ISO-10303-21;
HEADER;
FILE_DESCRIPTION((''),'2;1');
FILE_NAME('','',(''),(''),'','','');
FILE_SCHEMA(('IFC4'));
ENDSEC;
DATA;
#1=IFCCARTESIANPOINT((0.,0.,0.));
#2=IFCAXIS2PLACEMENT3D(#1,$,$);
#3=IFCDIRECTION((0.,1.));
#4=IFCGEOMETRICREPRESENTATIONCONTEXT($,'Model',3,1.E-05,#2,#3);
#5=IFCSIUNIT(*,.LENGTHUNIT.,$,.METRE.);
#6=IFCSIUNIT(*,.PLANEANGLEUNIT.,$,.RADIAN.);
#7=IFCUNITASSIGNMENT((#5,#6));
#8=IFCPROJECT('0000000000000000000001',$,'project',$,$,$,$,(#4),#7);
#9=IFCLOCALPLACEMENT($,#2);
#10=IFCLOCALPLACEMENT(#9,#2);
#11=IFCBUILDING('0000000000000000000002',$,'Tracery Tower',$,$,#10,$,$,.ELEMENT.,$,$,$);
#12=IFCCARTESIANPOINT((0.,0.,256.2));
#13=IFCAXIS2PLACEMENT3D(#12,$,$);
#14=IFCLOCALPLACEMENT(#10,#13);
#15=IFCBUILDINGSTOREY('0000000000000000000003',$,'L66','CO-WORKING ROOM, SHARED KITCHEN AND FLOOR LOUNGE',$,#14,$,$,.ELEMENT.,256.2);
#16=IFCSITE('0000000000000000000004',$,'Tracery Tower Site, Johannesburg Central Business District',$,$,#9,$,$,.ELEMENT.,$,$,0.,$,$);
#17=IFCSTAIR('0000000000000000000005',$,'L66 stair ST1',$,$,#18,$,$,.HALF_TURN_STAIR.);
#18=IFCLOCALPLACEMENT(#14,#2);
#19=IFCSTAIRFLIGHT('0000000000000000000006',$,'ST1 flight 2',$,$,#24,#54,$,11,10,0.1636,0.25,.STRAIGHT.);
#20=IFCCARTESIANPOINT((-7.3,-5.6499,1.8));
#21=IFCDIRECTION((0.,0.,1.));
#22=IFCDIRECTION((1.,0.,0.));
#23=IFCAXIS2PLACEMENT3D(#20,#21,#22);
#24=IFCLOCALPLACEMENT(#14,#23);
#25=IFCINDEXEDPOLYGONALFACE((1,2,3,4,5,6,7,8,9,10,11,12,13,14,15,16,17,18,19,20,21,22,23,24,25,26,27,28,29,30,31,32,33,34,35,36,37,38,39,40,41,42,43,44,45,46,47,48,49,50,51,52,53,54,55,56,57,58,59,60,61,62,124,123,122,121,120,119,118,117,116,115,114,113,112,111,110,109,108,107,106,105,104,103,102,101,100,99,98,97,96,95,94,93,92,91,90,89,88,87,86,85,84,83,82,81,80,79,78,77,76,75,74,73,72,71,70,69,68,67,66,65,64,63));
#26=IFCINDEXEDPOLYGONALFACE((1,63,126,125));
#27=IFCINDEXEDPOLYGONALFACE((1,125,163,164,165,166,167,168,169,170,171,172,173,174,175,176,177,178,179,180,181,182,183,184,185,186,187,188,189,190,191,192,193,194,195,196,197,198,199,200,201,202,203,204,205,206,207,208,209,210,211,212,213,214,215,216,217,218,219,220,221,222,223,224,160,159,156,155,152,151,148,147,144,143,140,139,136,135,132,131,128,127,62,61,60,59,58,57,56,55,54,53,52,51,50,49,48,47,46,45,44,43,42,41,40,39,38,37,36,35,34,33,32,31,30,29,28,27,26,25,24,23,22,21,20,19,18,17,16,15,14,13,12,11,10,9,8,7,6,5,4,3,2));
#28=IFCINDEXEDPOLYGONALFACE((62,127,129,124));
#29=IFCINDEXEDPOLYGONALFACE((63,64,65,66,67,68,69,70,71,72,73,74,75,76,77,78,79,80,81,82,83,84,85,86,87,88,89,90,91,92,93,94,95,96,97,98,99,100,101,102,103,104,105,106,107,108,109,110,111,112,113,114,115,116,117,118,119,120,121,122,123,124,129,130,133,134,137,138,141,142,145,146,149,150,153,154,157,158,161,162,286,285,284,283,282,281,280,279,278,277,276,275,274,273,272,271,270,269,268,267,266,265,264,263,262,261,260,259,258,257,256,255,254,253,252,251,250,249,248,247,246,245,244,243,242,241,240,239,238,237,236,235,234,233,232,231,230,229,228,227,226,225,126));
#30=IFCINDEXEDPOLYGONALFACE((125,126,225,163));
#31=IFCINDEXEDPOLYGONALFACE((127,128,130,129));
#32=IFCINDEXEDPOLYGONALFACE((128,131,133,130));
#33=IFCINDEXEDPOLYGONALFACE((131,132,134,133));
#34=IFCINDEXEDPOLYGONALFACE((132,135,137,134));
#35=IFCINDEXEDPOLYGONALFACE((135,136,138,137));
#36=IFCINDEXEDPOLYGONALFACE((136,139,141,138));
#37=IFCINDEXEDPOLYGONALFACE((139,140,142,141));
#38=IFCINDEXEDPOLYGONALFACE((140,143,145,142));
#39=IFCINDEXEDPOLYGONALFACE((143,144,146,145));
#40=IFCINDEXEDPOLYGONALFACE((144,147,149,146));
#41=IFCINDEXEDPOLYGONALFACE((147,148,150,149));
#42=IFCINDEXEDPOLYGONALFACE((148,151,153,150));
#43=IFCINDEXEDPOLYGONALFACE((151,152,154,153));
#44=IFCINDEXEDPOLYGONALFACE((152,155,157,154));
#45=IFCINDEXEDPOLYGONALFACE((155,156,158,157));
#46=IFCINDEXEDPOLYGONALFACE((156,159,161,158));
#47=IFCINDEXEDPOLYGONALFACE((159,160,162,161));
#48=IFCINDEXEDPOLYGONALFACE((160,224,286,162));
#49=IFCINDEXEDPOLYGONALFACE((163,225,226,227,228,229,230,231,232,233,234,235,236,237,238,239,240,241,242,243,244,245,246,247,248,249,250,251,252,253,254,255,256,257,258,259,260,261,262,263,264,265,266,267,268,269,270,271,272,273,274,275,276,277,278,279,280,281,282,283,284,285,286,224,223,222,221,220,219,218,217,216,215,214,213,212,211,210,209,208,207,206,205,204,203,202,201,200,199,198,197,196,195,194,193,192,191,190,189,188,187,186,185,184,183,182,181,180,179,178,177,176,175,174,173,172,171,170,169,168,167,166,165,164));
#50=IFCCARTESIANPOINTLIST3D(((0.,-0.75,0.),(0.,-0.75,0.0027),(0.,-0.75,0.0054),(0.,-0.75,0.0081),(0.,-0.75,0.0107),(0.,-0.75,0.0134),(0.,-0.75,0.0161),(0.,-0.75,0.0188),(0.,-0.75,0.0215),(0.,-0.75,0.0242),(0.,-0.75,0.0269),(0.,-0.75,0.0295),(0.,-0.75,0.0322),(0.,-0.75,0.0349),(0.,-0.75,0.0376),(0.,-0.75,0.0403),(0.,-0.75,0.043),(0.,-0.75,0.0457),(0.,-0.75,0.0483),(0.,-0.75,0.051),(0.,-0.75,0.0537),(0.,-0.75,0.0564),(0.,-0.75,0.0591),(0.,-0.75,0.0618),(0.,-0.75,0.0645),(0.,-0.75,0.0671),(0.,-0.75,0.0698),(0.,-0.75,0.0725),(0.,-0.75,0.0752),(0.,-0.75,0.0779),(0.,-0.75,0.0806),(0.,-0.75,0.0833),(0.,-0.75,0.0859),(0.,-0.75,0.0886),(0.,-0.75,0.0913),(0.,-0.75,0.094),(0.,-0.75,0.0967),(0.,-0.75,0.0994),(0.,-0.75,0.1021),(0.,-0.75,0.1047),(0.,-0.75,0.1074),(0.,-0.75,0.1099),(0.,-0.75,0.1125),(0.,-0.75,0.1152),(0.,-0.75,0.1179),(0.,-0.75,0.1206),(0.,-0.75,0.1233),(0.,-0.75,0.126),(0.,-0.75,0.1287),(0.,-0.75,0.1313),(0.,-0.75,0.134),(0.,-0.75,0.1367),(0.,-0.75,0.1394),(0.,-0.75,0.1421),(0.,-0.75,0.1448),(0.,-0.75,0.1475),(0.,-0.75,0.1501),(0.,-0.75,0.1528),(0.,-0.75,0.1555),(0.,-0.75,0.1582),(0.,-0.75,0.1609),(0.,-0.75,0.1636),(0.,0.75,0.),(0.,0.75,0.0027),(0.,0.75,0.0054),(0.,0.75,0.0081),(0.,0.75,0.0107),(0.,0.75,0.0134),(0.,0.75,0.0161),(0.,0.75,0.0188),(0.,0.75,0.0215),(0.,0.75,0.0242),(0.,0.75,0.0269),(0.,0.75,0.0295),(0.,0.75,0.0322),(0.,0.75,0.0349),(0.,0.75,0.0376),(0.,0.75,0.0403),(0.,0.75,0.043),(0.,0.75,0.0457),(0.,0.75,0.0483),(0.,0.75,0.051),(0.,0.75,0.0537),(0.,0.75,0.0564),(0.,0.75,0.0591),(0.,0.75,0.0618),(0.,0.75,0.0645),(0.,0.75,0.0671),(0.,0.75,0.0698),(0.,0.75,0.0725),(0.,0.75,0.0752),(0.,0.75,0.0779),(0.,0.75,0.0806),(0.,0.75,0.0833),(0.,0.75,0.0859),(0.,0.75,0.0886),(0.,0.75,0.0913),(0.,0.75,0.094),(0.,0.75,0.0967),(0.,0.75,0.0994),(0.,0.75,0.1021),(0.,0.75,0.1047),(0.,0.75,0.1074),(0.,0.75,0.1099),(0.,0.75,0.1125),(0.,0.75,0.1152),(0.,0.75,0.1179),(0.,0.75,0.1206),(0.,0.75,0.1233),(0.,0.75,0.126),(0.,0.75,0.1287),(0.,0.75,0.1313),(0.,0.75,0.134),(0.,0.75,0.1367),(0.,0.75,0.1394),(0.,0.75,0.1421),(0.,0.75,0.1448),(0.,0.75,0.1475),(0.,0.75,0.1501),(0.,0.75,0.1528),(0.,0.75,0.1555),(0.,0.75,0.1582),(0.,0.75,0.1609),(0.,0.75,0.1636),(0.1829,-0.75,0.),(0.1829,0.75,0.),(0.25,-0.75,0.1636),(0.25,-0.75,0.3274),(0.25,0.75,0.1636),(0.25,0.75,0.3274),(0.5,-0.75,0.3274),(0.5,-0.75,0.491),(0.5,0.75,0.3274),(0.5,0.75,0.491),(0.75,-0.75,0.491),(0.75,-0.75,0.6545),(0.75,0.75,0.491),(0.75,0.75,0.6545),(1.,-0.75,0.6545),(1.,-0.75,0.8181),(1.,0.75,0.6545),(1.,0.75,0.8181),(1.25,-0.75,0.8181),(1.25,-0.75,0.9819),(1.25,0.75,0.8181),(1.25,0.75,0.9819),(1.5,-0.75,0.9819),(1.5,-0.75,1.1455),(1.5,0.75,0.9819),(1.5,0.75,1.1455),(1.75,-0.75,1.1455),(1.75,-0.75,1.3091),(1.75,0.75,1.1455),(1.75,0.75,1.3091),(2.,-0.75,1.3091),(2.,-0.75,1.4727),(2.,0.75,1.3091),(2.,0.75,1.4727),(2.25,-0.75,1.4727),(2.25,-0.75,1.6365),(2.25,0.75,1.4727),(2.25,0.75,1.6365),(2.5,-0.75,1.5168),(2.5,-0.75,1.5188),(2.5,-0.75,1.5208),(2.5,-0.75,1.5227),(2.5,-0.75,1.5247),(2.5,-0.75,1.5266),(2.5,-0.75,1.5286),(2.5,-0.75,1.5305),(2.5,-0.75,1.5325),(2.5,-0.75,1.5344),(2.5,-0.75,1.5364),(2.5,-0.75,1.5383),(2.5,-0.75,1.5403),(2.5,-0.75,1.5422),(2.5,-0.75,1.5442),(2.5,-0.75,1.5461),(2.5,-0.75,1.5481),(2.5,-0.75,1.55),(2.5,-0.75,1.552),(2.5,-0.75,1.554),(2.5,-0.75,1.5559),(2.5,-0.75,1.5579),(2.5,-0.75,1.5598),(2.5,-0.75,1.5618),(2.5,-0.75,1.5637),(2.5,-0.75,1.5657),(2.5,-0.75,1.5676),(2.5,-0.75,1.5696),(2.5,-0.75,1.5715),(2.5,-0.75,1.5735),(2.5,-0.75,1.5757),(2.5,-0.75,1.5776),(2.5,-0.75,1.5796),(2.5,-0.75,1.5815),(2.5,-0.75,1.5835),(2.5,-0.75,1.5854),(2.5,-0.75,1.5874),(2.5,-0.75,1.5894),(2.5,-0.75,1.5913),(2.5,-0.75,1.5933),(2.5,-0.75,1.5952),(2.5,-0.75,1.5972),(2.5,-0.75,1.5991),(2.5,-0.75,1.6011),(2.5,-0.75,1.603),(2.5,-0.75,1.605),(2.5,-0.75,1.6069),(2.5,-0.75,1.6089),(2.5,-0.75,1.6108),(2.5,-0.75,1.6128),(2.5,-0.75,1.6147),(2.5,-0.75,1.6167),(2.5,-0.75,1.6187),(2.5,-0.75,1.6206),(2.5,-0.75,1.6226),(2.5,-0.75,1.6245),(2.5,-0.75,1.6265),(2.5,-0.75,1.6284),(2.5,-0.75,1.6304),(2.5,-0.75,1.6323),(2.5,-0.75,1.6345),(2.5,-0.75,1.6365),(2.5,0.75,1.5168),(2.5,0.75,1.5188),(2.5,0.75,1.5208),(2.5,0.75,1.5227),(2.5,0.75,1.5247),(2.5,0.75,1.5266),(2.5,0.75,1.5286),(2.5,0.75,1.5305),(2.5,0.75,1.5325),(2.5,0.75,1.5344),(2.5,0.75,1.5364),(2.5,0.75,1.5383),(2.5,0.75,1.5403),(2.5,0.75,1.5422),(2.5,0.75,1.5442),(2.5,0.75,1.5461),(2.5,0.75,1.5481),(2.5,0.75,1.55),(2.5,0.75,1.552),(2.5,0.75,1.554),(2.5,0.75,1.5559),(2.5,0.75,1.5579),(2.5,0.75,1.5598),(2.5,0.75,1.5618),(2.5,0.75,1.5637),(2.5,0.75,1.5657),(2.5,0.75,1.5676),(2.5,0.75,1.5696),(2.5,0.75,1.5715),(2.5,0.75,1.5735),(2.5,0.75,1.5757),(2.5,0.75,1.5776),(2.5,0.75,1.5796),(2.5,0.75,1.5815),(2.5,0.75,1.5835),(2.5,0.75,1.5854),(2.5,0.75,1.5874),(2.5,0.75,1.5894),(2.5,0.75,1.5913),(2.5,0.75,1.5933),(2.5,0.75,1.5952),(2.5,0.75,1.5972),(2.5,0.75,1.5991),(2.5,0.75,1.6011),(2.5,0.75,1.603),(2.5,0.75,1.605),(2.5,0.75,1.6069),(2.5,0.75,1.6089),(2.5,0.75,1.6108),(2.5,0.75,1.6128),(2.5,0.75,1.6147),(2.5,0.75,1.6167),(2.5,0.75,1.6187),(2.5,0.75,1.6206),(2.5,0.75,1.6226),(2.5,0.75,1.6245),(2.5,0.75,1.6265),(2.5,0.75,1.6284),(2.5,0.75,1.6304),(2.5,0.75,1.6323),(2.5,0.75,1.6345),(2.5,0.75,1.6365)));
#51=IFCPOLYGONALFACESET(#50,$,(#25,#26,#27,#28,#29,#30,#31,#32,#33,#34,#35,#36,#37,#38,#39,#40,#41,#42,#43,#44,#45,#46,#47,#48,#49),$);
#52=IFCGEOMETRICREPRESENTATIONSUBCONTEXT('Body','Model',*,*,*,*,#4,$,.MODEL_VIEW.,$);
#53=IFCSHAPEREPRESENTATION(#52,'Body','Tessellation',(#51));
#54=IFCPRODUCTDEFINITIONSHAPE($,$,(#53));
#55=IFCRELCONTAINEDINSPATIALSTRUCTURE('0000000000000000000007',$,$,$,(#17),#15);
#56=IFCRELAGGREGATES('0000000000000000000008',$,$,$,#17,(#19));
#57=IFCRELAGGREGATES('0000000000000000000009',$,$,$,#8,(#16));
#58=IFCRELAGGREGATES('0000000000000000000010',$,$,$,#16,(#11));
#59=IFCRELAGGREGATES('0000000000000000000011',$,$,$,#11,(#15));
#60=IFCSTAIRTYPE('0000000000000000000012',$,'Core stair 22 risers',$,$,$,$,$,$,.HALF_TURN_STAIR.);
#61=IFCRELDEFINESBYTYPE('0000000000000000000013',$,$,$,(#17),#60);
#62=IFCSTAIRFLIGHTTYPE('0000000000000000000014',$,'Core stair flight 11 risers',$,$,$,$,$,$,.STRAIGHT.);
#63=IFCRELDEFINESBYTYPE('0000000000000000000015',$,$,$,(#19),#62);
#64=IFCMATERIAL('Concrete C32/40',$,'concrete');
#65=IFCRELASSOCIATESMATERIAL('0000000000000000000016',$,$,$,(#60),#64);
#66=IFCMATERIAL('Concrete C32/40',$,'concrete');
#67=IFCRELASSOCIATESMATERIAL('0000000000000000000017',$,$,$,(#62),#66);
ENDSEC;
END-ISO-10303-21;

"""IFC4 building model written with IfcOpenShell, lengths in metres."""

from ifc_helpers import new_model, si_unit, direction, frame, origin, place, context, subcontext, project, spatial, polyline, outline, extrude, material, type_object, element, aggregate, save


model = new_model("IFC4")

# Units and contexts
model_context = context("Model", 3, precision=1e-05, world=origin(), true_north=direction((0.0, 1.0)))
body_context = subcontext(model_context, "Body", "Model", "MODEL_VIEW")
ifc_project = project(units=[si_unit("LENGTHUNIT", "METRE"), si_unit("PLANEANGLEUNIT", "RADIAN")], contexts=[model_context])

# Site, building, storey
site_placement = place(None, origin())
site = spatial("IfcSite", under=ifc_project, at=site_placement, Name="Tracery Tower Site, Johannesburg Central Business District", CompositionType="ELEMENT", RefElevation=0.0)
building_placement = place(site_placement, origin())
building = spatial("IfcBuilding", under=site, at=building_placement, Name="Tracery Tower", CompositionType="ELEMENT")
storey_placement = place(building_placement, frame((0.0, 0.0, 256.2)))
storey = spatial("IfcBuildingStorey", under=building, at=storey_placement, Name="L66", Description="CO-WORKING ROOM, SHARED KITCHEN AND FLOOR LOUNGE", CompositionType="ELEMENT", Elevation=256.2)

# Stair, stair flight
ifc_material_1 = material(Name="Concrete C32/40", Category="concrete")
stair_type = type_object("IfcStairType", Name="Core stair 22 risers", PredefinedType="HALF_TURN_STAIR", material=ifc_material_1)
stair_placement = place(storey_placement, origin())
stair = element("IfcStair", 1, at=stair_placement, inside=storey, type_object=stair_type, Name="L66 stair ST1", PredefinedType="HALF_TURN_STAIR")
ifc_material_2 = material(Name="Concrete C32/40", Category="concrete")
stair_flight_type = type_object("IfcStairFlightType", Name="Core stair flight 11 risers", PredefinedType="STRAIGHT", material=ifc_material_2)
stair_flight_1_placement = place(storey_placement, frame((-7.3, -5.6499, 1.8), z_axis=(0.0, 0.0, 1.0), x_axis=(1.0, 0.0, 0.0)))
stair_flight_1 = element("IfcStairFlight", 2, at=stair_flight_1_placement, type_object=stair_flight_type, Name="ST1 flight 2", NumberOfRisers=11, NumberOfTreads=10, PredefinedType="STRAIGHT", RiserHeight=0.1636, TreadLength=0.25, context=body_context, shape_type="SweptSolid", body=[
    extrude(outline(polyline([(0.0, 0.0), (0.0, 0.0027), (0.0, 0.0054), (0.0, 0.0081), (0.0, 0.0107), (0.0, 0.0134), (0.0, 0.0161), (0.0, 0.0188), (0.0, 0.0215), (0.0, 0.0242), (0.0, 0.0269), (0.0, 0.0295), (0.0, 0.0322), (0.0, 0.0349), (0.0, 0.0376), (0.0, 0.0403), (0.0, 0.043), (0.0, 0.0457), (0.0, 0.0483), (0.0, 0.051), (0.0, 0.0537), (0.0, 0.0564), (0.0, 0.0591), (0.0, 0.0618), (0.0, 0.0645), (0.0, 0.0671), (0.0, 0.0698), (0.0, 0.0725), (0.0, 0.0752), (0.0, 0.0779), (0.0, 0.0806), (0.0, 0.0833), (0.0, 0.0859), (0.0, 0.0886), (0.0, 0.0913), (0.0, 0.094), (0.0, 0.0967), (0.0, 0.0994), (0.0, 0.1021), (0.0, 0.1047), (0.0, 0.1074), (0.0, 0.1099), (0.0, 0.1125), (0.0, 0.1152), (0.0, 0.1179), (0.0, 0.1206), (0.0, 0.1233), (0.0, 0.126), (0.0, 0.1287), (0.0, 0.1313), (0.0, 0.134), (0.0, 0.1367), (0.0, 0.1394), (0.0, 0.1421), (0.0, 0.1448), (0.0, 0.1475), (0.0, 0.1501), (0.0, 0.1528), (0.0, 0.1555), (0.0, 0.1582), (0.0, 0.1609), (0.0, 0.1636), (0.25, 0.1636), (0.25, 0.3274), (0.5, 0.3274), (0.5, 0.491), (0.75, 0.491), (0.75, 0.6545), (1.0, 0.6545), (1.0, 0.8181), (1.25, 0.8181), (1.25, 0.9819), (1.5, 0.9819), (1.5, 1.1455), (1.75, 1.1455), (1.75, 1.3091), (2.0, 1.3091), (2.0, 1.4727), (2.25, 1.4727), (2.25, 1.6365), (2.5, 1.6365), (2.5, 1.6345), (2.5, 1.6323), (2.5, 1.6304), (2.5, 1.6284), (2.5, 1.6265), (2.5, 1.6245), (2.5, 1.6226), (2.5, 1.6206), (2.5, 1.6187), (2.5, 1.6167), (2.5, 1.6147), (2.5, 1.6128), (2.5, 1.6108), (2.5, 1.6089), (2.5, 1.6069), (2.5, 1.605), (2.5, 1.603), (2.5, 1.6011), (2.5, 1.5991), (2.5, 1.5972), (2.5, 1.5952), (2.5, 1.5933), (2.5, 1.5913), (2.5, 1.5894), (2.5, 1.5874), (2.5, 1.5854), (2.5, 1.5835), (2.5, 1.5815), (2.5, 1.5796), (2.5, 1.5776), (2.5, 1.5757), (2.5, 1.5735), (2.5, 1.5715), (2.5, 1.5696), (2.5, 1.5676), (2.5, 1.5657), (2.5, 1.5637), (2.5, 1.5618), (2.5, 1.5598), (2.5, 1.5579), (2.5, 1.5559), (2.5, 1.554), (2.5, 1.552), (2.5, 1.55), (2.5, 1.5481), (2.5, 1.5461), (2.5, 1.5442), (2.5, 1.5422), (2.5, 1.5403), (2.5, 1.5383), (2.5, 1.5364), (2.5, 1.5344), (2.5, 1.5325), (2.5, 1.5305), (2.5, 1.5286), (2.5, 1.5266), (2.5, 1.5247), (2.5, 1.5227), (2.5, 1.5208), (2.5, 1.5188), (2.5, 1.5168), (0.1829, 0.0), (0.0, 0.0)])), frame((0.0, 0.75, 0.0), z_axis=(0.0, -1.0, 0.0), x_axis=(1.0, 0.0, 0.0)), (0.0, 0.0, 1.0), 1.5),
])
aggregate(stair, [stair_flight_1])

save(model, "model.ifc")
